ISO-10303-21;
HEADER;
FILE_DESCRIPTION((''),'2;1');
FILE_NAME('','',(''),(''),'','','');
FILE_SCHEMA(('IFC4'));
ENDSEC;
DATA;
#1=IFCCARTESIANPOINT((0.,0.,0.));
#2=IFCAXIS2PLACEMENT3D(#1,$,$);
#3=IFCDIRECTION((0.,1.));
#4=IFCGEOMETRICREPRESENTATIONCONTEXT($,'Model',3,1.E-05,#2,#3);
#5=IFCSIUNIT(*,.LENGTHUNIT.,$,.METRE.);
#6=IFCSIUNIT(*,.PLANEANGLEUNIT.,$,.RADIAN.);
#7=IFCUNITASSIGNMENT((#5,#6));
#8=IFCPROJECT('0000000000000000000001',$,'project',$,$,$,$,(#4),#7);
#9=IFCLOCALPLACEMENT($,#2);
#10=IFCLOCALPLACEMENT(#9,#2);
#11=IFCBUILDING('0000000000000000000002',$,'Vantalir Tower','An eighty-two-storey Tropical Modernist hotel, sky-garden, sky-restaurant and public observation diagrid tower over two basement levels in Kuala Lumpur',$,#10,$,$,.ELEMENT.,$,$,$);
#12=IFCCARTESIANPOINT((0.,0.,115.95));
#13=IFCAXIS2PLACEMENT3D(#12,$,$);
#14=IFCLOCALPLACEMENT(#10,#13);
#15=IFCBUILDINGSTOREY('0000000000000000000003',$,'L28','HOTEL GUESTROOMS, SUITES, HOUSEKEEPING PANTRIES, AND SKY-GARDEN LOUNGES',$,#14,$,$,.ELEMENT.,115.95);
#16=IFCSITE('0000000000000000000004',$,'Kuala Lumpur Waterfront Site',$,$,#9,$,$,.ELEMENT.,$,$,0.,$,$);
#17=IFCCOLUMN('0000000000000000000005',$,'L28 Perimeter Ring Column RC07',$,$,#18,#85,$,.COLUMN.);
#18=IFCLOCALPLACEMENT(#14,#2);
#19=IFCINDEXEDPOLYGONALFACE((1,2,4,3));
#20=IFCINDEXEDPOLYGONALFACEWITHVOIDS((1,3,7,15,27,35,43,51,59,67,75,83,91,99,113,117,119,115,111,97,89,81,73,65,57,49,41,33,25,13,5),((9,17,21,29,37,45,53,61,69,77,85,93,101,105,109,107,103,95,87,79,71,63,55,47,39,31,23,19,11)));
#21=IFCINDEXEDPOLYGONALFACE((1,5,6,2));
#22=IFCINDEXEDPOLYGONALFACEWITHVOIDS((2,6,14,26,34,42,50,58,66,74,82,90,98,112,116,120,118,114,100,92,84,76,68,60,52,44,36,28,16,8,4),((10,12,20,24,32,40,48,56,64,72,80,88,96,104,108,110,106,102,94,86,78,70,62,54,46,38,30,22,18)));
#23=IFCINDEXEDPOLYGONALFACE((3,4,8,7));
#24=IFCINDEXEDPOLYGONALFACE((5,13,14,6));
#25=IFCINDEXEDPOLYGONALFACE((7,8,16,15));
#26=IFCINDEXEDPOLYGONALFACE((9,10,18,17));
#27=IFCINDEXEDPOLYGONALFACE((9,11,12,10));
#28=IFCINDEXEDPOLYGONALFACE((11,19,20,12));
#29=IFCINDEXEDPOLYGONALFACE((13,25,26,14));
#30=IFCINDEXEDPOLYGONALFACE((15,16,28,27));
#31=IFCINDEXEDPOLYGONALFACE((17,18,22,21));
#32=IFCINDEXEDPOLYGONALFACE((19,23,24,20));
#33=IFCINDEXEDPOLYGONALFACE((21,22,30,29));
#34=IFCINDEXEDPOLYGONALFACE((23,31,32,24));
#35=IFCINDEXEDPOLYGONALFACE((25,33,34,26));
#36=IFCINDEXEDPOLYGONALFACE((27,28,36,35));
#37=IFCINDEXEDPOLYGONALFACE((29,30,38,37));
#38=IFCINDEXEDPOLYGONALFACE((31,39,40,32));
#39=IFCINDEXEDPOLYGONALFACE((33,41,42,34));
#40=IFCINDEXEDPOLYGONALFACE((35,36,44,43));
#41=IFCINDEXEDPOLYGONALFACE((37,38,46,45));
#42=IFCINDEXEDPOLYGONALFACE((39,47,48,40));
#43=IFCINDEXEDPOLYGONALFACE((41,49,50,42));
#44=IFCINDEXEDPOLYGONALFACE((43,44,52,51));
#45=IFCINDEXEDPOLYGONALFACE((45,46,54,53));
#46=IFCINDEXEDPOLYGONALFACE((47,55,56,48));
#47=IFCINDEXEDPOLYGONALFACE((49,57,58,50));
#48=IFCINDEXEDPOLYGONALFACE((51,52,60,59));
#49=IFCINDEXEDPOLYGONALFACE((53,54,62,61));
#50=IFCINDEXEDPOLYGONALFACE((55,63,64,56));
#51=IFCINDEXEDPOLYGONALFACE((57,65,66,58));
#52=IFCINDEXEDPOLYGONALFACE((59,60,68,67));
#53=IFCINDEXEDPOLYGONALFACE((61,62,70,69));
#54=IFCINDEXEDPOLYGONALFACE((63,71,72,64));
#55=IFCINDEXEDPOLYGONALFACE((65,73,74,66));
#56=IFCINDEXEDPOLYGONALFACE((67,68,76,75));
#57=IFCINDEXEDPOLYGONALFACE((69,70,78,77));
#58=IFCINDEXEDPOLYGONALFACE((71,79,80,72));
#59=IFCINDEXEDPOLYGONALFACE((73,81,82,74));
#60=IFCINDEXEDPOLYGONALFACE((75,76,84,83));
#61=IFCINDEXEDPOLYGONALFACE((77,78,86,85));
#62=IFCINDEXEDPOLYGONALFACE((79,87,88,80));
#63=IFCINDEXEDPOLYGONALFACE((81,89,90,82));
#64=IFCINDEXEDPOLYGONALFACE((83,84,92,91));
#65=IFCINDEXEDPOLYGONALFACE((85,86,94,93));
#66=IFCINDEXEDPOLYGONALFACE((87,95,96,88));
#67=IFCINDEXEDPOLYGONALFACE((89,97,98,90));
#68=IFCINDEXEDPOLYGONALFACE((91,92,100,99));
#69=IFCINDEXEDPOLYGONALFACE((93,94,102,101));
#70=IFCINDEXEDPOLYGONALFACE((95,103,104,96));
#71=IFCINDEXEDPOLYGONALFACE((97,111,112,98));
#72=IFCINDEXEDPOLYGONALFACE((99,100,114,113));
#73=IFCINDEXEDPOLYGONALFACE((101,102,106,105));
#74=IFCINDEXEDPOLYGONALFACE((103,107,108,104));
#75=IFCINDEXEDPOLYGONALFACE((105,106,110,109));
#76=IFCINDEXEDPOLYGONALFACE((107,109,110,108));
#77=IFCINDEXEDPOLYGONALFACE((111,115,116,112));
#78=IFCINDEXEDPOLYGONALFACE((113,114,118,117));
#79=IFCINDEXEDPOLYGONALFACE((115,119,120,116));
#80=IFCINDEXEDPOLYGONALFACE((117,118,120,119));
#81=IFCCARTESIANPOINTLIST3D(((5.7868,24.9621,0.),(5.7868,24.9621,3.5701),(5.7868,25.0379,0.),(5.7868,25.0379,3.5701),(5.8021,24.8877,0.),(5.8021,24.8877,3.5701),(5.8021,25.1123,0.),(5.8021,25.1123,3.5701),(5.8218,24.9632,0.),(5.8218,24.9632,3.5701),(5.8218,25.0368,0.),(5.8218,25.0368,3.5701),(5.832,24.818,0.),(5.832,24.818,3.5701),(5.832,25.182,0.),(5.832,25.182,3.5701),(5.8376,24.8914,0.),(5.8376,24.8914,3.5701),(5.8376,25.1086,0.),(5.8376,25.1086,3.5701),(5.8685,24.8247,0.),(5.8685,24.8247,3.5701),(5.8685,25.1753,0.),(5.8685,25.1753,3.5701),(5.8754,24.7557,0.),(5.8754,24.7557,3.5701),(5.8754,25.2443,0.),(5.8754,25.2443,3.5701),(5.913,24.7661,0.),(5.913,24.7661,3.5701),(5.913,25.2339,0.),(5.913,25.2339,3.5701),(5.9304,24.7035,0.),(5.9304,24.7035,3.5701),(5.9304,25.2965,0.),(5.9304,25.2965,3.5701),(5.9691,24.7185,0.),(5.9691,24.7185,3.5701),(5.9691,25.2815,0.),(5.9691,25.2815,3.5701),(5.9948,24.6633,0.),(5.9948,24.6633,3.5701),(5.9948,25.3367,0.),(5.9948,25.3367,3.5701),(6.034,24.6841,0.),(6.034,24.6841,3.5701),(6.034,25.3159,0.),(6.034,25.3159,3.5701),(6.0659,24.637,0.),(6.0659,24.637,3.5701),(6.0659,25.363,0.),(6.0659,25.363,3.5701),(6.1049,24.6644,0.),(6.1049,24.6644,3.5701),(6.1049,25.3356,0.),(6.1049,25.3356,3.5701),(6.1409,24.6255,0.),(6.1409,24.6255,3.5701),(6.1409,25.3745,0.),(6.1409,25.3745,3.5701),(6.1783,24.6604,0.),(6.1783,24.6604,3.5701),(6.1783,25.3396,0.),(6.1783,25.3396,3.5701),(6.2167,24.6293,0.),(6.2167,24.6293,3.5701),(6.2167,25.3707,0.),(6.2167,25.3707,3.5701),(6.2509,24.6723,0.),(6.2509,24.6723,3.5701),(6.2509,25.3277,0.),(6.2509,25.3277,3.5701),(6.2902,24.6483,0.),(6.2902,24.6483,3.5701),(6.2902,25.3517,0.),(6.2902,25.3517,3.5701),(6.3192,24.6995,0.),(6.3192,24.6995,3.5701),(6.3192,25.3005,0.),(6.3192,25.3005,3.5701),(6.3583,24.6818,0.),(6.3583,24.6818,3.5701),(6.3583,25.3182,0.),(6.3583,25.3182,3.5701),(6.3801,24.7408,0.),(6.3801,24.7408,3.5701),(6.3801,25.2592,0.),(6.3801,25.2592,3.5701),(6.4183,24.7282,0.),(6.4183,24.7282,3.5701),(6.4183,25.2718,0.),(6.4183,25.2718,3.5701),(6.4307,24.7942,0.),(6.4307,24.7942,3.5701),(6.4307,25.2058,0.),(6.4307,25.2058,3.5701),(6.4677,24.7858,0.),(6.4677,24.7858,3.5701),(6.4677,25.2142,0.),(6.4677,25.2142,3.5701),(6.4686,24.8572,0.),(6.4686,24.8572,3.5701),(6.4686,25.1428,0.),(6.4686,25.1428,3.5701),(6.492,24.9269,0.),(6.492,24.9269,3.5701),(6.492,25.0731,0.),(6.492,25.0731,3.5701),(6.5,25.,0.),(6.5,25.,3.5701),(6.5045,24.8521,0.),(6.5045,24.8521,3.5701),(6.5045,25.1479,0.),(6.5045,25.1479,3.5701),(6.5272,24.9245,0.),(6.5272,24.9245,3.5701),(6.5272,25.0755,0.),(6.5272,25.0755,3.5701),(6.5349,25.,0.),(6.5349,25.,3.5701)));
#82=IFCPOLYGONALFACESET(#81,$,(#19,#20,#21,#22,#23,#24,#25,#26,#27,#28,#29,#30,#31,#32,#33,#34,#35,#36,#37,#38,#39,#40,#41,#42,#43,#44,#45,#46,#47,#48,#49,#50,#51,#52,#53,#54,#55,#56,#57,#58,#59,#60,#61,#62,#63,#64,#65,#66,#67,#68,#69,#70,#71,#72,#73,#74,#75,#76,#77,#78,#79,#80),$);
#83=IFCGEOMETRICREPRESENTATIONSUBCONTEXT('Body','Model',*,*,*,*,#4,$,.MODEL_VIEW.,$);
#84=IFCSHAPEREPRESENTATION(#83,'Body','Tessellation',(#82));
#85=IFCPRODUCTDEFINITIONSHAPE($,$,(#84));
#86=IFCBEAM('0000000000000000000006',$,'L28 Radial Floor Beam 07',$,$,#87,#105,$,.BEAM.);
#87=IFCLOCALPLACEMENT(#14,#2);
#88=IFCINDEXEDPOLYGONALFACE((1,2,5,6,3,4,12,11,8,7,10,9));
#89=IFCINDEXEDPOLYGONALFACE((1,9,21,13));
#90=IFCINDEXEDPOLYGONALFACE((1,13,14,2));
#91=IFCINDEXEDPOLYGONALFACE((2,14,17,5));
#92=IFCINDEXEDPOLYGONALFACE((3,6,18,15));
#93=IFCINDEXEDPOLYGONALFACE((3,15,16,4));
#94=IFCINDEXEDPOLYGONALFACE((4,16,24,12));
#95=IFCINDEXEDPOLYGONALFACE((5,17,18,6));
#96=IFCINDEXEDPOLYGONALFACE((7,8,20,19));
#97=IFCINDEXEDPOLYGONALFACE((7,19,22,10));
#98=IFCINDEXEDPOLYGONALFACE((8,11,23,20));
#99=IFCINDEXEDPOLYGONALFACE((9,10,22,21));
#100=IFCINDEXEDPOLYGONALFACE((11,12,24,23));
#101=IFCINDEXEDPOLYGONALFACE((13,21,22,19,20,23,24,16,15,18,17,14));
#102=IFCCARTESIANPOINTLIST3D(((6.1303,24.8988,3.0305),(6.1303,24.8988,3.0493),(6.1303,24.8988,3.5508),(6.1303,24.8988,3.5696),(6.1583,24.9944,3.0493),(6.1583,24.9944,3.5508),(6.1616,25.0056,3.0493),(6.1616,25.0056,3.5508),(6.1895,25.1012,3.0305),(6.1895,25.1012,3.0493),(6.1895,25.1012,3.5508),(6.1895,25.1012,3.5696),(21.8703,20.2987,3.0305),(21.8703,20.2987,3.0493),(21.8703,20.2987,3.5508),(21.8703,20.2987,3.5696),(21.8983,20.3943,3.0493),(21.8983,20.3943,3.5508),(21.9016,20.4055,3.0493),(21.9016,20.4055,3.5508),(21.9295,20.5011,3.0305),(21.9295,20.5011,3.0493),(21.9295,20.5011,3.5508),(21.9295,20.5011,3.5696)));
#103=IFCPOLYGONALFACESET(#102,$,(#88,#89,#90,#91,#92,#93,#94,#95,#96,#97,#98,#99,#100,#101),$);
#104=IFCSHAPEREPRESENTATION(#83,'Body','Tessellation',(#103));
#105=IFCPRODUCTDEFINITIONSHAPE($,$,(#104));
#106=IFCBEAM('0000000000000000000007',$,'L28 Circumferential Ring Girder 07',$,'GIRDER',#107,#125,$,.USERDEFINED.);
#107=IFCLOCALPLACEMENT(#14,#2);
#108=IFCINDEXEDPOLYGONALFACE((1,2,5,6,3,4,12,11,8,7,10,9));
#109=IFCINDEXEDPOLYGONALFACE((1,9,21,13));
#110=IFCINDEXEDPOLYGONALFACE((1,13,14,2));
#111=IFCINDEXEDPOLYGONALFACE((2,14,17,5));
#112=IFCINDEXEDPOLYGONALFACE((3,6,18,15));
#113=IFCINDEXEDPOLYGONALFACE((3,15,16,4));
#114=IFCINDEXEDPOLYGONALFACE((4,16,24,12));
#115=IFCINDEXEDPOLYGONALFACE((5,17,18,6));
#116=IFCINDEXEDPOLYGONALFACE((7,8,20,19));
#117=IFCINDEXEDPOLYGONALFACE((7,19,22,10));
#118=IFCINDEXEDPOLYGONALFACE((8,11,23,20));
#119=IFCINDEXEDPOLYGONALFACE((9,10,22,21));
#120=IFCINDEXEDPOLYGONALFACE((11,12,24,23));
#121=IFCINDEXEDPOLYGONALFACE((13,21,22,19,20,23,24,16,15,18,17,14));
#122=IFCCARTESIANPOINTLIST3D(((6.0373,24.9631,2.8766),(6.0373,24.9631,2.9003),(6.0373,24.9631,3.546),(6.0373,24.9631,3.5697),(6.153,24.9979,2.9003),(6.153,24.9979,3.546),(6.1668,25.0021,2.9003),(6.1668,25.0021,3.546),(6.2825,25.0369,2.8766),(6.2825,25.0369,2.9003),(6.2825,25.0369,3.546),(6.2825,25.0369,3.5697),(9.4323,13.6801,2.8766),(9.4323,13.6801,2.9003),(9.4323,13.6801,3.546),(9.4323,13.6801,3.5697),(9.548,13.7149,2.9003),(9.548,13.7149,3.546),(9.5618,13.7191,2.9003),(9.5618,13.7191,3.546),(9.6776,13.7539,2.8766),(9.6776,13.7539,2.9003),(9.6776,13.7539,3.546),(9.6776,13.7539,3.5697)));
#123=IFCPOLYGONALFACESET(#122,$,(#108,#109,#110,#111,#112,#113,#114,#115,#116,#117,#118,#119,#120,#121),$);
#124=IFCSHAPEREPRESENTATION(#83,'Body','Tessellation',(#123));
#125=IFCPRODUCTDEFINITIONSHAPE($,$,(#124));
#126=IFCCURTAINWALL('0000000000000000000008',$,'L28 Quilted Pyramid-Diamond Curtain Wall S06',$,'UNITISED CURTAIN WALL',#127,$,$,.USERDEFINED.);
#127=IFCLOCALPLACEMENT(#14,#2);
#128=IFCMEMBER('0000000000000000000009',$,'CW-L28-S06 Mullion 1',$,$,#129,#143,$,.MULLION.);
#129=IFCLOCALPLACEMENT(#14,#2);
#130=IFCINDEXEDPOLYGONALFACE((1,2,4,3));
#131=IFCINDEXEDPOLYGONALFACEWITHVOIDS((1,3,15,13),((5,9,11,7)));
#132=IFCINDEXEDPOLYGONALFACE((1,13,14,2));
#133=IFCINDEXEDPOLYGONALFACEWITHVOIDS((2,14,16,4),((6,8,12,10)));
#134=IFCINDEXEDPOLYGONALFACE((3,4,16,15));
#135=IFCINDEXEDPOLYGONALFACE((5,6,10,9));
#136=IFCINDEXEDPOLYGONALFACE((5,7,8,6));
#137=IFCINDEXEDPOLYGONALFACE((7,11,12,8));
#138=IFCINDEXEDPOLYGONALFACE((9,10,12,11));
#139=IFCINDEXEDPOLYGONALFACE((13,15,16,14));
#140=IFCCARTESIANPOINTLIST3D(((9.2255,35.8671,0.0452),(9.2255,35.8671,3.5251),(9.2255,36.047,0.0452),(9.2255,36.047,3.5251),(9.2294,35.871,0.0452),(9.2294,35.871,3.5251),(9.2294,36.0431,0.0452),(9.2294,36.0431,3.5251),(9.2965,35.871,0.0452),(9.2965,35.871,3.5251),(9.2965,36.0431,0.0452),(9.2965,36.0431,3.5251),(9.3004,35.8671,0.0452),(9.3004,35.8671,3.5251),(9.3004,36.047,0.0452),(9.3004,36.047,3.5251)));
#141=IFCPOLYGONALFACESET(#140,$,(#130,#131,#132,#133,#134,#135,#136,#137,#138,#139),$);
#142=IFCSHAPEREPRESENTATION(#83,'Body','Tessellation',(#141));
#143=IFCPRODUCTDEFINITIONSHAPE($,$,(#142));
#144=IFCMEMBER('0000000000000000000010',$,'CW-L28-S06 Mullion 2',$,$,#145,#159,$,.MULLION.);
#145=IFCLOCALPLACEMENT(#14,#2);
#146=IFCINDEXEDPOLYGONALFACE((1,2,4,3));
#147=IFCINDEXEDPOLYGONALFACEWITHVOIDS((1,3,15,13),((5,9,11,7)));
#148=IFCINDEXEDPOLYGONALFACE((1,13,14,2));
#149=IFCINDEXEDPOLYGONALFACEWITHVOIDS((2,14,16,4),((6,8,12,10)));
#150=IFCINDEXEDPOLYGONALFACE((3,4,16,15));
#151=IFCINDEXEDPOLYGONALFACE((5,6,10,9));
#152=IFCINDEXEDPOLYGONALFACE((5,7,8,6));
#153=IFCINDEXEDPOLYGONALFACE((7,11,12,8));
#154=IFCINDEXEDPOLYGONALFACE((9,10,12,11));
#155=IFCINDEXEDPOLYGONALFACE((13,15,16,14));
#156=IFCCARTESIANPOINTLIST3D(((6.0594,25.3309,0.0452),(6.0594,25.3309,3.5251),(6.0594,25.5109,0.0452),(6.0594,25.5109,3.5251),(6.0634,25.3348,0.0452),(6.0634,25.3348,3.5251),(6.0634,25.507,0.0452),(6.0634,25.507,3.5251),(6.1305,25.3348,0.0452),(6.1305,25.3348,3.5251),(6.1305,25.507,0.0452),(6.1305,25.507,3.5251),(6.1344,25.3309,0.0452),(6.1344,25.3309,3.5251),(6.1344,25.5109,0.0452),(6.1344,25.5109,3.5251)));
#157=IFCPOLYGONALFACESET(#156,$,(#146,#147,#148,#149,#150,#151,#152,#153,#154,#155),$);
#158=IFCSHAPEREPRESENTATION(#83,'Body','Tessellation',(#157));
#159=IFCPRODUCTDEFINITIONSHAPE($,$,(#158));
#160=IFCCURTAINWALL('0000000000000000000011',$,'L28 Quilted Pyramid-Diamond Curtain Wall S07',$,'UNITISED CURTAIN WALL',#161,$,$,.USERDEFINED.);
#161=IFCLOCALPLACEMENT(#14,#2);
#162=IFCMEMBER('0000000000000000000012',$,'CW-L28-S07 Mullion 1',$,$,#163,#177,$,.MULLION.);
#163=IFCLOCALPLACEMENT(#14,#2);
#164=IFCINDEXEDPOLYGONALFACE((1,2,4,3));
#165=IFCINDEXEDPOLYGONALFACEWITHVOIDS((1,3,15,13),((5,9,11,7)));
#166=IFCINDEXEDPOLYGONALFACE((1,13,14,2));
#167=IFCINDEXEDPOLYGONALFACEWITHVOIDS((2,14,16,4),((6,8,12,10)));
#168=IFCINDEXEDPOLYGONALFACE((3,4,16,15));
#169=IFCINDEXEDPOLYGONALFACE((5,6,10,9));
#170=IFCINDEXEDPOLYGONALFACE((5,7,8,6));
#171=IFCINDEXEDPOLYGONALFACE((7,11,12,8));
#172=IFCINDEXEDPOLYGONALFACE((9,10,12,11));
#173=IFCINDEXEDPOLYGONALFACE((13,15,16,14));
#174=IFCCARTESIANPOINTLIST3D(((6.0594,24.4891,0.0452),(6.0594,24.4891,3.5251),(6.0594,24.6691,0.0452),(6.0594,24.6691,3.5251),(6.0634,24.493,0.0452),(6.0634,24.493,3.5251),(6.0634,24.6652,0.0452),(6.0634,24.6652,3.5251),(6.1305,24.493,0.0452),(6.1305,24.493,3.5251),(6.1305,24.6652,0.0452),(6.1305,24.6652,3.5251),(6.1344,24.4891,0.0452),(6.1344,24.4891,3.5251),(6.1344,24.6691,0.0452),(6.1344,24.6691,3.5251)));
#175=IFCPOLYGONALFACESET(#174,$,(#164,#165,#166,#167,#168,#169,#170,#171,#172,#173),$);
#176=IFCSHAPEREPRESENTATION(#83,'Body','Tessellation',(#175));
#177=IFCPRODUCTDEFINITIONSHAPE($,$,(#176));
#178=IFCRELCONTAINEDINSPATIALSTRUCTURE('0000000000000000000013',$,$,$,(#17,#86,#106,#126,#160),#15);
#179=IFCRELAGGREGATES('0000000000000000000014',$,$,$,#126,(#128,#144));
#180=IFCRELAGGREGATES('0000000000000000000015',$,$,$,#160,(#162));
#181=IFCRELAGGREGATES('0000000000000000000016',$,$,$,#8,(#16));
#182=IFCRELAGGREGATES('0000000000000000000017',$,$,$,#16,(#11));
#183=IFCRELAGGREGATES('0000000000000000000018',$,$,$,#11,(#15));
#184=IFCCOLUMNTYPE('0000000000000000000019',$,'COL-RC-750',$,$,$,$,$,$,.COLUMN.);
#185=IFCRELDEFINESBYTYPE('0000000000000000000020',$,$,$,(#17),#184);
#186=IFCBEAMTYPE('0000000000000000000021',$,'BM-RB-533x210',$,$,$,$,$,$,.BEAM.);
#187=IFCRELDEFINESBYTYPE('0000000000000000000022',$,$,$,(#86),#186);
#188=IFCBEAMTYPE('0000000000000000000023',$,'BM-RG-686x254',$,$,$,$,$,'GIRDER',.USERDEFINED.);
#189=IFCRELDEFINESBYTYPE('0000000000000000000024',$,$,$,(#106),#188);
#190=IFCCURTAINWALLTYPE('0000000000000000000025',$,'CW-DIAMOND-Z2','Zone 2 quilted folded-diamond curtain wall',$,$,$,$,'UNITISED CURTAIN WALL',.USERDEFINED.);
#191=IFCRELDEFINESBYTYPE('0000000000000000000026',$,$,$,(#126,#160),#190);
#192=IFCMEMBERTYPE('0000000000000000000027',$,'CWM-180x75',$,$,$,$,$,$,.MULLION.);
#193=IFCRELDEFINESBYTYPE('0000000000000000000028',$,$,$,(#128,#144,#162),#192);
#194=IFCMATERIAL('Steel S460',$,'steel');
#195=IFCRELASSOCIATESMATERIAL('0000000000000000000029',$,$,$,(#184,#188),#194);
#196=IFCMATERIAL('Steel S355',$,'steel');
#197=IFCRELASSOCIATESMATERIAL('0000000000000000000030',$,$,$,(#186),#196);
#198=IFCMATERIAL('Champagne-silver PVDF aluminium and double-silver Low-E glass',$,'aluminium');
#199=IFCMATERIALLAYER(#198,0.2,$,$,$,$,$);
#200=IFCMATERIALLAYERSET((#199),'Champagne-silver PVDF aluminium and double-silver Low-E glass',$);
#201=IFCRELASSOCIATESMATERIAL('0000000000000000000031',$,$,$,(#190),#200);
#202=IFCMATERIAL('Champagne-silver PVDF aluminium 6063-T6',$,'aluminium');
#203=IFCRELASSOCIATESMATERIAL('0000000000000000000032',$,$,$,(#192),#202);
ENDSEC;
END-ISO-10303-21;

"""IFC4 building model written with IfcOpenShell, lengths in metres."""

from ifc_helpers import new_model, si_unit, direction, frame, origin, origin_2d, place, context, subcontext, project, spatial, hollow_rectangle, hollow_circle, i_section, extrude, material, layer, layer_set, material_profile, profile_set, type_object, element, aggregate, save


model = new_model("IFC4")

# Units and contexts
model_context = context("Model", 3, precision=1e-05, world=origin(), true_north=direction((0.0, 1.0)))
body_context = subcontext(model_context, "Body", "Model", "MODEL_VIEW")
ifc_project = project(units=[si_unit("LENGTHUNIT", "METRE"), si_unit("PLANEANGLEUNIT", "RADIAN")], contexts=[model_context])

# Site, building, storey
site_placement = place(None, origin())
site = spatial("IfcSite", under=ifc_project, at=site_placement, Name="Kuala Lumpur Waterfront Site", CompositionType="ELEMENT", RefElevation=0.0)
building_placement = place(site_placement, origin())
building = spatial("IfcBuilding", under=site, at=building_placement, Name="Vantalir Tower", Description="An eighty-two-storey Tropical Modernist hotel, sky-garden, sky-restaurant and public observation diagrid tower over two basement levels in Kuala Lumpur", CompositionType="ELEMENT")
storey_placement = place(building_placement, frame((0.0, 0.0, 115.95)))
storey = spatial("IfcBuildingStorey", under=building, at=storey_placement, Name="L28", Description="HOTEL GUESTROOMS, SUITES, HOUSEKEEPING PANTRIES, AND SKY-GARDEN LOUNGES", CompositionType="ELEMENT", Elevation=115.95)

# Column
ifc_material_1 = material(Name="Steel S460", Category="steel")
ifc_material_profile_1 = material_profile(ifc_material_1, hollow_circle(Radius=0.375, WallThickness=0.0349, at=origin_2d()), Name="Steel S460")
ifc_profile_set_1 = profile_set([ifc_material_profile_1], Name="Steel S460")
column_type = type_object("IfcColumnType", Name="COL-RC-750", PredefinedType="COLUMN", material=ifc_profile_set_1)
column_placement = place(storey_placement, frame((6.1599, 25.0, 0.0), z_axis=(0.0, 0.0, 1.0), x_axis=(1.0, 0.0, 0.0)))
element("IfcColumn", 1, at=column_placement, inside=storey, type_object=column_type, Name="L28 Perimeter Ring Column RC07", PredefinedType="COLUMN", context=body_context, shape_type="SweptSolid", body=[
    extrude(hollow_circle(Radius=0.375, WallThickness=0.0349, at=origin_2d()), origin(), (0.0, 0.0, 1.0), 3.5701),
])

# Beams
ifc_material_2 = material(Name="Steel S355", Category="steel")
ifc_material_profile_2 = material_profile(ifc_material_2, i_section(OverallWidth=0.2109, OverallDepth=0.5391, WebThickness=0.0117, FlangeThickness=0.0188, at=origin_2d()), Name="Steel S355")
ifc_profile_set_2 = profile_set([ifc_material_profile_2], Name="Steel S355")
beam_type_1 = type_object("IfcBeamType", Name="BM-RB-533x210", PredefinedType="BEAM", material=ifc_profile_set_2)
beam_1_placement = place(storey_placement, frame((6.1599, 25.0, 3.3), z_axis=(0.959848, -0.280521, 0.0), x_axis=(0.280521, 0.959848, 0.0)))
element("IfcBeam", 2, at=beam_1_placement, inside=storey, type_object=beam_type_1, Name="L28 Radial Floor Beam 07", PredefinedType="BEAM", context=body_context, shape_type="SweptSolid", body=[
    extrude(i_section(OverallWidth=0.2109, OverallDepth=0.5391, WebThickness=0.0117, FlangeThickness=0.0188, at=origin_2d()), origin(), (0.0, 0.0, 1.0), 16.3984),
])
ifc_material_profile_3 = material_profile(ifc_material_1, i_section(OverallWidth=0.2561, OverallDepth=0.6931, WebThickness=0.0144, FlangeThickness=0.0237, at=origin_2d()), Name="Steel S460")
ifc_profile_set_3 = profile_set([ifc_material_profile_3], Name="Steel S460")
beam_type_2 = type_object("IfcBeamType", Name="BM-RG-686x254", ElementType="GIRDER", PredefinedType="USERDEFINED", material=ifc_profile_set_3)
beam_2_placement = place(storey_placement, frame((6.1599, 25.0, 3.2231), z_axis=(0.288137, -0.957589, 0.0), x_axis=(0.957589, 0.288137, 0.0)))
element("IfcBeam", 3, at=beam_2_placement, inside=storey, type_object=beam_type_2, Name="L28 Circumferential Ring Girder 07", ObjectType="GIRDER", PredefinedType="USERDEFINED", context=body_context, shape_type="SweptSolid", body=[
    extrude(i_section(OverallWidth=0.2561, OverallDepth=0.6931, WebThickness=0.0144, FlangeThickness=0.0237, at=origin_2d()), origin(), (0.0, 0.0, 1.0), 11.7827),
])

# Curtain walls, members
ifc_material_3 = material(Name="Champagne-silver PVDF aluminium and double-silver Low-E glass", Category="aluminium")
ifc_layer_1 = layer(ifc_material_3, 0.2)
ifc_layer_set_1 = layer_set([ifc_layer_1], Name="Champagne-silver PVDF aluminium and double-silver Low-E glass")
curtain_wall_type = type_object("IfcCurtainWallType", Name="CW-DIAMOND-Z2", Description="Zone 2 quilted folded-diamond curtain wall", ElementType="UNITISED CURTAIN WALL", PredefinedType="USERDEFINED", material=ifc_layer_set_1)
curtain_wall_1_placement = place(storey_placement, origin())
curtain_wall_1 = element("IfcCurtainWall", 4, at=curtain_wall_1_placement, inside=storey, type_object=curtain_wall_type, Name="L28 Quilted Pyramid-Diamond Curtain Wall S06", ObjectType="UNITISED CURTAIN WALL", PredefinedType="USERDEFINED")
ifc_material_4 = material(Name="Champagne-silver PVDF aluminium 6063-T6", Category="aluminium")
ifc_material_profile_4 = material_profile(ifc_material_4, hollow_rectangle(XDim=0.075, YDim=0.1799, WallThickness=0.0039, at=origin_2d()), Name="Champagne-silver PVDF aluminium 6063-T6")
ifc_profile_set_4 = profile_set([ifc_material_profile_4], Name="Champagne-silver PVDF aluminium 6063-T6")
member_type_1 = type_object("IfcMemberType", Name="CWM-180x75", PredefinedType="MULLION", material=ifc_profile_set_4)
member_1_placement = place(storey_placement, frame((9.2629, 35.957, 0.0452), z_axis=(0.0, 0.0, 1.0), x_axis=(1.0, 0.0, 0.0)))
member_1 = element("IfcMember", 5, at=member_1_placement, type_object=member_type_1, Name="CW-L28-S06 Mullion 1", PredefinedType="MULLION", context=body_context, shape_type="SweptSolid", body=[
    extrude(hollow_rectangle(XDim=0.075, YDim=0.1799, WallThickness=0.0039, at=origin_2d()), origin(), (0.0, 0.0, 1.0), 3.48),
])
member_2_placement = place(storey_placement, frame((6.0969, 25.4209, 0.0452), z_axis=(0.0, 0.0, 1.0), x_axis=(1.0, 0.0, 0.0)))
member_2 = element("IfcMember", 6, at=member_2_placement, type_object=member_type_1, Name="CW-L28-S06 Mullion 2", PredefinedType="MULLION", context=body_context, shape_type="SweptSolid", body=[
    extrude(hollow_rectangle(XDim=0.075, YDim=0.1799, WallThickness=0.0039, at=origin_2d()), origin(), (0.0, 0.0, 1.0), 3.48),
])
curtain_wall_2_placement = place(storey_placement, origin())
curtain_wall_2 = element("IfcCurtainWall", 7, at=curtain_wall_2_placement, inside=storey, type_object=curtain_wall_type, Name="L28 Quilted Pyramid-Diamond Curtain Wall S07", ObjectType="UNITISED CURTAIN WALL", PredefinedType="USERDEFINED")
member_3_placement = place(storey_placement, frame((6.0969, 24.5791, 0.0452), z_axis=(0.0, 0.0, 1.0), x_axis=(1.0, 0.0, 0.0)))
member_3 = element("IfcMember", 8, at=member_3_placement, type_object=member_type_1, Name="CW-L28-S07 Mullion 1", PredefinedType="MULLION", context=body_context, shape_type="SweptSolid", body=[
    extrude(hollow_rectangle(XDim=0.075, YDim=0.1799, WallThickness=0.0039, at=origin_2d()), origin(), (0.0, 0.0, 1.0), 3.48),
])

aggregate(curtain_wall_1, [member_1, member_2])
aggregate(curtain_wall_2, [member_3])

save(model, "model.ifc")
